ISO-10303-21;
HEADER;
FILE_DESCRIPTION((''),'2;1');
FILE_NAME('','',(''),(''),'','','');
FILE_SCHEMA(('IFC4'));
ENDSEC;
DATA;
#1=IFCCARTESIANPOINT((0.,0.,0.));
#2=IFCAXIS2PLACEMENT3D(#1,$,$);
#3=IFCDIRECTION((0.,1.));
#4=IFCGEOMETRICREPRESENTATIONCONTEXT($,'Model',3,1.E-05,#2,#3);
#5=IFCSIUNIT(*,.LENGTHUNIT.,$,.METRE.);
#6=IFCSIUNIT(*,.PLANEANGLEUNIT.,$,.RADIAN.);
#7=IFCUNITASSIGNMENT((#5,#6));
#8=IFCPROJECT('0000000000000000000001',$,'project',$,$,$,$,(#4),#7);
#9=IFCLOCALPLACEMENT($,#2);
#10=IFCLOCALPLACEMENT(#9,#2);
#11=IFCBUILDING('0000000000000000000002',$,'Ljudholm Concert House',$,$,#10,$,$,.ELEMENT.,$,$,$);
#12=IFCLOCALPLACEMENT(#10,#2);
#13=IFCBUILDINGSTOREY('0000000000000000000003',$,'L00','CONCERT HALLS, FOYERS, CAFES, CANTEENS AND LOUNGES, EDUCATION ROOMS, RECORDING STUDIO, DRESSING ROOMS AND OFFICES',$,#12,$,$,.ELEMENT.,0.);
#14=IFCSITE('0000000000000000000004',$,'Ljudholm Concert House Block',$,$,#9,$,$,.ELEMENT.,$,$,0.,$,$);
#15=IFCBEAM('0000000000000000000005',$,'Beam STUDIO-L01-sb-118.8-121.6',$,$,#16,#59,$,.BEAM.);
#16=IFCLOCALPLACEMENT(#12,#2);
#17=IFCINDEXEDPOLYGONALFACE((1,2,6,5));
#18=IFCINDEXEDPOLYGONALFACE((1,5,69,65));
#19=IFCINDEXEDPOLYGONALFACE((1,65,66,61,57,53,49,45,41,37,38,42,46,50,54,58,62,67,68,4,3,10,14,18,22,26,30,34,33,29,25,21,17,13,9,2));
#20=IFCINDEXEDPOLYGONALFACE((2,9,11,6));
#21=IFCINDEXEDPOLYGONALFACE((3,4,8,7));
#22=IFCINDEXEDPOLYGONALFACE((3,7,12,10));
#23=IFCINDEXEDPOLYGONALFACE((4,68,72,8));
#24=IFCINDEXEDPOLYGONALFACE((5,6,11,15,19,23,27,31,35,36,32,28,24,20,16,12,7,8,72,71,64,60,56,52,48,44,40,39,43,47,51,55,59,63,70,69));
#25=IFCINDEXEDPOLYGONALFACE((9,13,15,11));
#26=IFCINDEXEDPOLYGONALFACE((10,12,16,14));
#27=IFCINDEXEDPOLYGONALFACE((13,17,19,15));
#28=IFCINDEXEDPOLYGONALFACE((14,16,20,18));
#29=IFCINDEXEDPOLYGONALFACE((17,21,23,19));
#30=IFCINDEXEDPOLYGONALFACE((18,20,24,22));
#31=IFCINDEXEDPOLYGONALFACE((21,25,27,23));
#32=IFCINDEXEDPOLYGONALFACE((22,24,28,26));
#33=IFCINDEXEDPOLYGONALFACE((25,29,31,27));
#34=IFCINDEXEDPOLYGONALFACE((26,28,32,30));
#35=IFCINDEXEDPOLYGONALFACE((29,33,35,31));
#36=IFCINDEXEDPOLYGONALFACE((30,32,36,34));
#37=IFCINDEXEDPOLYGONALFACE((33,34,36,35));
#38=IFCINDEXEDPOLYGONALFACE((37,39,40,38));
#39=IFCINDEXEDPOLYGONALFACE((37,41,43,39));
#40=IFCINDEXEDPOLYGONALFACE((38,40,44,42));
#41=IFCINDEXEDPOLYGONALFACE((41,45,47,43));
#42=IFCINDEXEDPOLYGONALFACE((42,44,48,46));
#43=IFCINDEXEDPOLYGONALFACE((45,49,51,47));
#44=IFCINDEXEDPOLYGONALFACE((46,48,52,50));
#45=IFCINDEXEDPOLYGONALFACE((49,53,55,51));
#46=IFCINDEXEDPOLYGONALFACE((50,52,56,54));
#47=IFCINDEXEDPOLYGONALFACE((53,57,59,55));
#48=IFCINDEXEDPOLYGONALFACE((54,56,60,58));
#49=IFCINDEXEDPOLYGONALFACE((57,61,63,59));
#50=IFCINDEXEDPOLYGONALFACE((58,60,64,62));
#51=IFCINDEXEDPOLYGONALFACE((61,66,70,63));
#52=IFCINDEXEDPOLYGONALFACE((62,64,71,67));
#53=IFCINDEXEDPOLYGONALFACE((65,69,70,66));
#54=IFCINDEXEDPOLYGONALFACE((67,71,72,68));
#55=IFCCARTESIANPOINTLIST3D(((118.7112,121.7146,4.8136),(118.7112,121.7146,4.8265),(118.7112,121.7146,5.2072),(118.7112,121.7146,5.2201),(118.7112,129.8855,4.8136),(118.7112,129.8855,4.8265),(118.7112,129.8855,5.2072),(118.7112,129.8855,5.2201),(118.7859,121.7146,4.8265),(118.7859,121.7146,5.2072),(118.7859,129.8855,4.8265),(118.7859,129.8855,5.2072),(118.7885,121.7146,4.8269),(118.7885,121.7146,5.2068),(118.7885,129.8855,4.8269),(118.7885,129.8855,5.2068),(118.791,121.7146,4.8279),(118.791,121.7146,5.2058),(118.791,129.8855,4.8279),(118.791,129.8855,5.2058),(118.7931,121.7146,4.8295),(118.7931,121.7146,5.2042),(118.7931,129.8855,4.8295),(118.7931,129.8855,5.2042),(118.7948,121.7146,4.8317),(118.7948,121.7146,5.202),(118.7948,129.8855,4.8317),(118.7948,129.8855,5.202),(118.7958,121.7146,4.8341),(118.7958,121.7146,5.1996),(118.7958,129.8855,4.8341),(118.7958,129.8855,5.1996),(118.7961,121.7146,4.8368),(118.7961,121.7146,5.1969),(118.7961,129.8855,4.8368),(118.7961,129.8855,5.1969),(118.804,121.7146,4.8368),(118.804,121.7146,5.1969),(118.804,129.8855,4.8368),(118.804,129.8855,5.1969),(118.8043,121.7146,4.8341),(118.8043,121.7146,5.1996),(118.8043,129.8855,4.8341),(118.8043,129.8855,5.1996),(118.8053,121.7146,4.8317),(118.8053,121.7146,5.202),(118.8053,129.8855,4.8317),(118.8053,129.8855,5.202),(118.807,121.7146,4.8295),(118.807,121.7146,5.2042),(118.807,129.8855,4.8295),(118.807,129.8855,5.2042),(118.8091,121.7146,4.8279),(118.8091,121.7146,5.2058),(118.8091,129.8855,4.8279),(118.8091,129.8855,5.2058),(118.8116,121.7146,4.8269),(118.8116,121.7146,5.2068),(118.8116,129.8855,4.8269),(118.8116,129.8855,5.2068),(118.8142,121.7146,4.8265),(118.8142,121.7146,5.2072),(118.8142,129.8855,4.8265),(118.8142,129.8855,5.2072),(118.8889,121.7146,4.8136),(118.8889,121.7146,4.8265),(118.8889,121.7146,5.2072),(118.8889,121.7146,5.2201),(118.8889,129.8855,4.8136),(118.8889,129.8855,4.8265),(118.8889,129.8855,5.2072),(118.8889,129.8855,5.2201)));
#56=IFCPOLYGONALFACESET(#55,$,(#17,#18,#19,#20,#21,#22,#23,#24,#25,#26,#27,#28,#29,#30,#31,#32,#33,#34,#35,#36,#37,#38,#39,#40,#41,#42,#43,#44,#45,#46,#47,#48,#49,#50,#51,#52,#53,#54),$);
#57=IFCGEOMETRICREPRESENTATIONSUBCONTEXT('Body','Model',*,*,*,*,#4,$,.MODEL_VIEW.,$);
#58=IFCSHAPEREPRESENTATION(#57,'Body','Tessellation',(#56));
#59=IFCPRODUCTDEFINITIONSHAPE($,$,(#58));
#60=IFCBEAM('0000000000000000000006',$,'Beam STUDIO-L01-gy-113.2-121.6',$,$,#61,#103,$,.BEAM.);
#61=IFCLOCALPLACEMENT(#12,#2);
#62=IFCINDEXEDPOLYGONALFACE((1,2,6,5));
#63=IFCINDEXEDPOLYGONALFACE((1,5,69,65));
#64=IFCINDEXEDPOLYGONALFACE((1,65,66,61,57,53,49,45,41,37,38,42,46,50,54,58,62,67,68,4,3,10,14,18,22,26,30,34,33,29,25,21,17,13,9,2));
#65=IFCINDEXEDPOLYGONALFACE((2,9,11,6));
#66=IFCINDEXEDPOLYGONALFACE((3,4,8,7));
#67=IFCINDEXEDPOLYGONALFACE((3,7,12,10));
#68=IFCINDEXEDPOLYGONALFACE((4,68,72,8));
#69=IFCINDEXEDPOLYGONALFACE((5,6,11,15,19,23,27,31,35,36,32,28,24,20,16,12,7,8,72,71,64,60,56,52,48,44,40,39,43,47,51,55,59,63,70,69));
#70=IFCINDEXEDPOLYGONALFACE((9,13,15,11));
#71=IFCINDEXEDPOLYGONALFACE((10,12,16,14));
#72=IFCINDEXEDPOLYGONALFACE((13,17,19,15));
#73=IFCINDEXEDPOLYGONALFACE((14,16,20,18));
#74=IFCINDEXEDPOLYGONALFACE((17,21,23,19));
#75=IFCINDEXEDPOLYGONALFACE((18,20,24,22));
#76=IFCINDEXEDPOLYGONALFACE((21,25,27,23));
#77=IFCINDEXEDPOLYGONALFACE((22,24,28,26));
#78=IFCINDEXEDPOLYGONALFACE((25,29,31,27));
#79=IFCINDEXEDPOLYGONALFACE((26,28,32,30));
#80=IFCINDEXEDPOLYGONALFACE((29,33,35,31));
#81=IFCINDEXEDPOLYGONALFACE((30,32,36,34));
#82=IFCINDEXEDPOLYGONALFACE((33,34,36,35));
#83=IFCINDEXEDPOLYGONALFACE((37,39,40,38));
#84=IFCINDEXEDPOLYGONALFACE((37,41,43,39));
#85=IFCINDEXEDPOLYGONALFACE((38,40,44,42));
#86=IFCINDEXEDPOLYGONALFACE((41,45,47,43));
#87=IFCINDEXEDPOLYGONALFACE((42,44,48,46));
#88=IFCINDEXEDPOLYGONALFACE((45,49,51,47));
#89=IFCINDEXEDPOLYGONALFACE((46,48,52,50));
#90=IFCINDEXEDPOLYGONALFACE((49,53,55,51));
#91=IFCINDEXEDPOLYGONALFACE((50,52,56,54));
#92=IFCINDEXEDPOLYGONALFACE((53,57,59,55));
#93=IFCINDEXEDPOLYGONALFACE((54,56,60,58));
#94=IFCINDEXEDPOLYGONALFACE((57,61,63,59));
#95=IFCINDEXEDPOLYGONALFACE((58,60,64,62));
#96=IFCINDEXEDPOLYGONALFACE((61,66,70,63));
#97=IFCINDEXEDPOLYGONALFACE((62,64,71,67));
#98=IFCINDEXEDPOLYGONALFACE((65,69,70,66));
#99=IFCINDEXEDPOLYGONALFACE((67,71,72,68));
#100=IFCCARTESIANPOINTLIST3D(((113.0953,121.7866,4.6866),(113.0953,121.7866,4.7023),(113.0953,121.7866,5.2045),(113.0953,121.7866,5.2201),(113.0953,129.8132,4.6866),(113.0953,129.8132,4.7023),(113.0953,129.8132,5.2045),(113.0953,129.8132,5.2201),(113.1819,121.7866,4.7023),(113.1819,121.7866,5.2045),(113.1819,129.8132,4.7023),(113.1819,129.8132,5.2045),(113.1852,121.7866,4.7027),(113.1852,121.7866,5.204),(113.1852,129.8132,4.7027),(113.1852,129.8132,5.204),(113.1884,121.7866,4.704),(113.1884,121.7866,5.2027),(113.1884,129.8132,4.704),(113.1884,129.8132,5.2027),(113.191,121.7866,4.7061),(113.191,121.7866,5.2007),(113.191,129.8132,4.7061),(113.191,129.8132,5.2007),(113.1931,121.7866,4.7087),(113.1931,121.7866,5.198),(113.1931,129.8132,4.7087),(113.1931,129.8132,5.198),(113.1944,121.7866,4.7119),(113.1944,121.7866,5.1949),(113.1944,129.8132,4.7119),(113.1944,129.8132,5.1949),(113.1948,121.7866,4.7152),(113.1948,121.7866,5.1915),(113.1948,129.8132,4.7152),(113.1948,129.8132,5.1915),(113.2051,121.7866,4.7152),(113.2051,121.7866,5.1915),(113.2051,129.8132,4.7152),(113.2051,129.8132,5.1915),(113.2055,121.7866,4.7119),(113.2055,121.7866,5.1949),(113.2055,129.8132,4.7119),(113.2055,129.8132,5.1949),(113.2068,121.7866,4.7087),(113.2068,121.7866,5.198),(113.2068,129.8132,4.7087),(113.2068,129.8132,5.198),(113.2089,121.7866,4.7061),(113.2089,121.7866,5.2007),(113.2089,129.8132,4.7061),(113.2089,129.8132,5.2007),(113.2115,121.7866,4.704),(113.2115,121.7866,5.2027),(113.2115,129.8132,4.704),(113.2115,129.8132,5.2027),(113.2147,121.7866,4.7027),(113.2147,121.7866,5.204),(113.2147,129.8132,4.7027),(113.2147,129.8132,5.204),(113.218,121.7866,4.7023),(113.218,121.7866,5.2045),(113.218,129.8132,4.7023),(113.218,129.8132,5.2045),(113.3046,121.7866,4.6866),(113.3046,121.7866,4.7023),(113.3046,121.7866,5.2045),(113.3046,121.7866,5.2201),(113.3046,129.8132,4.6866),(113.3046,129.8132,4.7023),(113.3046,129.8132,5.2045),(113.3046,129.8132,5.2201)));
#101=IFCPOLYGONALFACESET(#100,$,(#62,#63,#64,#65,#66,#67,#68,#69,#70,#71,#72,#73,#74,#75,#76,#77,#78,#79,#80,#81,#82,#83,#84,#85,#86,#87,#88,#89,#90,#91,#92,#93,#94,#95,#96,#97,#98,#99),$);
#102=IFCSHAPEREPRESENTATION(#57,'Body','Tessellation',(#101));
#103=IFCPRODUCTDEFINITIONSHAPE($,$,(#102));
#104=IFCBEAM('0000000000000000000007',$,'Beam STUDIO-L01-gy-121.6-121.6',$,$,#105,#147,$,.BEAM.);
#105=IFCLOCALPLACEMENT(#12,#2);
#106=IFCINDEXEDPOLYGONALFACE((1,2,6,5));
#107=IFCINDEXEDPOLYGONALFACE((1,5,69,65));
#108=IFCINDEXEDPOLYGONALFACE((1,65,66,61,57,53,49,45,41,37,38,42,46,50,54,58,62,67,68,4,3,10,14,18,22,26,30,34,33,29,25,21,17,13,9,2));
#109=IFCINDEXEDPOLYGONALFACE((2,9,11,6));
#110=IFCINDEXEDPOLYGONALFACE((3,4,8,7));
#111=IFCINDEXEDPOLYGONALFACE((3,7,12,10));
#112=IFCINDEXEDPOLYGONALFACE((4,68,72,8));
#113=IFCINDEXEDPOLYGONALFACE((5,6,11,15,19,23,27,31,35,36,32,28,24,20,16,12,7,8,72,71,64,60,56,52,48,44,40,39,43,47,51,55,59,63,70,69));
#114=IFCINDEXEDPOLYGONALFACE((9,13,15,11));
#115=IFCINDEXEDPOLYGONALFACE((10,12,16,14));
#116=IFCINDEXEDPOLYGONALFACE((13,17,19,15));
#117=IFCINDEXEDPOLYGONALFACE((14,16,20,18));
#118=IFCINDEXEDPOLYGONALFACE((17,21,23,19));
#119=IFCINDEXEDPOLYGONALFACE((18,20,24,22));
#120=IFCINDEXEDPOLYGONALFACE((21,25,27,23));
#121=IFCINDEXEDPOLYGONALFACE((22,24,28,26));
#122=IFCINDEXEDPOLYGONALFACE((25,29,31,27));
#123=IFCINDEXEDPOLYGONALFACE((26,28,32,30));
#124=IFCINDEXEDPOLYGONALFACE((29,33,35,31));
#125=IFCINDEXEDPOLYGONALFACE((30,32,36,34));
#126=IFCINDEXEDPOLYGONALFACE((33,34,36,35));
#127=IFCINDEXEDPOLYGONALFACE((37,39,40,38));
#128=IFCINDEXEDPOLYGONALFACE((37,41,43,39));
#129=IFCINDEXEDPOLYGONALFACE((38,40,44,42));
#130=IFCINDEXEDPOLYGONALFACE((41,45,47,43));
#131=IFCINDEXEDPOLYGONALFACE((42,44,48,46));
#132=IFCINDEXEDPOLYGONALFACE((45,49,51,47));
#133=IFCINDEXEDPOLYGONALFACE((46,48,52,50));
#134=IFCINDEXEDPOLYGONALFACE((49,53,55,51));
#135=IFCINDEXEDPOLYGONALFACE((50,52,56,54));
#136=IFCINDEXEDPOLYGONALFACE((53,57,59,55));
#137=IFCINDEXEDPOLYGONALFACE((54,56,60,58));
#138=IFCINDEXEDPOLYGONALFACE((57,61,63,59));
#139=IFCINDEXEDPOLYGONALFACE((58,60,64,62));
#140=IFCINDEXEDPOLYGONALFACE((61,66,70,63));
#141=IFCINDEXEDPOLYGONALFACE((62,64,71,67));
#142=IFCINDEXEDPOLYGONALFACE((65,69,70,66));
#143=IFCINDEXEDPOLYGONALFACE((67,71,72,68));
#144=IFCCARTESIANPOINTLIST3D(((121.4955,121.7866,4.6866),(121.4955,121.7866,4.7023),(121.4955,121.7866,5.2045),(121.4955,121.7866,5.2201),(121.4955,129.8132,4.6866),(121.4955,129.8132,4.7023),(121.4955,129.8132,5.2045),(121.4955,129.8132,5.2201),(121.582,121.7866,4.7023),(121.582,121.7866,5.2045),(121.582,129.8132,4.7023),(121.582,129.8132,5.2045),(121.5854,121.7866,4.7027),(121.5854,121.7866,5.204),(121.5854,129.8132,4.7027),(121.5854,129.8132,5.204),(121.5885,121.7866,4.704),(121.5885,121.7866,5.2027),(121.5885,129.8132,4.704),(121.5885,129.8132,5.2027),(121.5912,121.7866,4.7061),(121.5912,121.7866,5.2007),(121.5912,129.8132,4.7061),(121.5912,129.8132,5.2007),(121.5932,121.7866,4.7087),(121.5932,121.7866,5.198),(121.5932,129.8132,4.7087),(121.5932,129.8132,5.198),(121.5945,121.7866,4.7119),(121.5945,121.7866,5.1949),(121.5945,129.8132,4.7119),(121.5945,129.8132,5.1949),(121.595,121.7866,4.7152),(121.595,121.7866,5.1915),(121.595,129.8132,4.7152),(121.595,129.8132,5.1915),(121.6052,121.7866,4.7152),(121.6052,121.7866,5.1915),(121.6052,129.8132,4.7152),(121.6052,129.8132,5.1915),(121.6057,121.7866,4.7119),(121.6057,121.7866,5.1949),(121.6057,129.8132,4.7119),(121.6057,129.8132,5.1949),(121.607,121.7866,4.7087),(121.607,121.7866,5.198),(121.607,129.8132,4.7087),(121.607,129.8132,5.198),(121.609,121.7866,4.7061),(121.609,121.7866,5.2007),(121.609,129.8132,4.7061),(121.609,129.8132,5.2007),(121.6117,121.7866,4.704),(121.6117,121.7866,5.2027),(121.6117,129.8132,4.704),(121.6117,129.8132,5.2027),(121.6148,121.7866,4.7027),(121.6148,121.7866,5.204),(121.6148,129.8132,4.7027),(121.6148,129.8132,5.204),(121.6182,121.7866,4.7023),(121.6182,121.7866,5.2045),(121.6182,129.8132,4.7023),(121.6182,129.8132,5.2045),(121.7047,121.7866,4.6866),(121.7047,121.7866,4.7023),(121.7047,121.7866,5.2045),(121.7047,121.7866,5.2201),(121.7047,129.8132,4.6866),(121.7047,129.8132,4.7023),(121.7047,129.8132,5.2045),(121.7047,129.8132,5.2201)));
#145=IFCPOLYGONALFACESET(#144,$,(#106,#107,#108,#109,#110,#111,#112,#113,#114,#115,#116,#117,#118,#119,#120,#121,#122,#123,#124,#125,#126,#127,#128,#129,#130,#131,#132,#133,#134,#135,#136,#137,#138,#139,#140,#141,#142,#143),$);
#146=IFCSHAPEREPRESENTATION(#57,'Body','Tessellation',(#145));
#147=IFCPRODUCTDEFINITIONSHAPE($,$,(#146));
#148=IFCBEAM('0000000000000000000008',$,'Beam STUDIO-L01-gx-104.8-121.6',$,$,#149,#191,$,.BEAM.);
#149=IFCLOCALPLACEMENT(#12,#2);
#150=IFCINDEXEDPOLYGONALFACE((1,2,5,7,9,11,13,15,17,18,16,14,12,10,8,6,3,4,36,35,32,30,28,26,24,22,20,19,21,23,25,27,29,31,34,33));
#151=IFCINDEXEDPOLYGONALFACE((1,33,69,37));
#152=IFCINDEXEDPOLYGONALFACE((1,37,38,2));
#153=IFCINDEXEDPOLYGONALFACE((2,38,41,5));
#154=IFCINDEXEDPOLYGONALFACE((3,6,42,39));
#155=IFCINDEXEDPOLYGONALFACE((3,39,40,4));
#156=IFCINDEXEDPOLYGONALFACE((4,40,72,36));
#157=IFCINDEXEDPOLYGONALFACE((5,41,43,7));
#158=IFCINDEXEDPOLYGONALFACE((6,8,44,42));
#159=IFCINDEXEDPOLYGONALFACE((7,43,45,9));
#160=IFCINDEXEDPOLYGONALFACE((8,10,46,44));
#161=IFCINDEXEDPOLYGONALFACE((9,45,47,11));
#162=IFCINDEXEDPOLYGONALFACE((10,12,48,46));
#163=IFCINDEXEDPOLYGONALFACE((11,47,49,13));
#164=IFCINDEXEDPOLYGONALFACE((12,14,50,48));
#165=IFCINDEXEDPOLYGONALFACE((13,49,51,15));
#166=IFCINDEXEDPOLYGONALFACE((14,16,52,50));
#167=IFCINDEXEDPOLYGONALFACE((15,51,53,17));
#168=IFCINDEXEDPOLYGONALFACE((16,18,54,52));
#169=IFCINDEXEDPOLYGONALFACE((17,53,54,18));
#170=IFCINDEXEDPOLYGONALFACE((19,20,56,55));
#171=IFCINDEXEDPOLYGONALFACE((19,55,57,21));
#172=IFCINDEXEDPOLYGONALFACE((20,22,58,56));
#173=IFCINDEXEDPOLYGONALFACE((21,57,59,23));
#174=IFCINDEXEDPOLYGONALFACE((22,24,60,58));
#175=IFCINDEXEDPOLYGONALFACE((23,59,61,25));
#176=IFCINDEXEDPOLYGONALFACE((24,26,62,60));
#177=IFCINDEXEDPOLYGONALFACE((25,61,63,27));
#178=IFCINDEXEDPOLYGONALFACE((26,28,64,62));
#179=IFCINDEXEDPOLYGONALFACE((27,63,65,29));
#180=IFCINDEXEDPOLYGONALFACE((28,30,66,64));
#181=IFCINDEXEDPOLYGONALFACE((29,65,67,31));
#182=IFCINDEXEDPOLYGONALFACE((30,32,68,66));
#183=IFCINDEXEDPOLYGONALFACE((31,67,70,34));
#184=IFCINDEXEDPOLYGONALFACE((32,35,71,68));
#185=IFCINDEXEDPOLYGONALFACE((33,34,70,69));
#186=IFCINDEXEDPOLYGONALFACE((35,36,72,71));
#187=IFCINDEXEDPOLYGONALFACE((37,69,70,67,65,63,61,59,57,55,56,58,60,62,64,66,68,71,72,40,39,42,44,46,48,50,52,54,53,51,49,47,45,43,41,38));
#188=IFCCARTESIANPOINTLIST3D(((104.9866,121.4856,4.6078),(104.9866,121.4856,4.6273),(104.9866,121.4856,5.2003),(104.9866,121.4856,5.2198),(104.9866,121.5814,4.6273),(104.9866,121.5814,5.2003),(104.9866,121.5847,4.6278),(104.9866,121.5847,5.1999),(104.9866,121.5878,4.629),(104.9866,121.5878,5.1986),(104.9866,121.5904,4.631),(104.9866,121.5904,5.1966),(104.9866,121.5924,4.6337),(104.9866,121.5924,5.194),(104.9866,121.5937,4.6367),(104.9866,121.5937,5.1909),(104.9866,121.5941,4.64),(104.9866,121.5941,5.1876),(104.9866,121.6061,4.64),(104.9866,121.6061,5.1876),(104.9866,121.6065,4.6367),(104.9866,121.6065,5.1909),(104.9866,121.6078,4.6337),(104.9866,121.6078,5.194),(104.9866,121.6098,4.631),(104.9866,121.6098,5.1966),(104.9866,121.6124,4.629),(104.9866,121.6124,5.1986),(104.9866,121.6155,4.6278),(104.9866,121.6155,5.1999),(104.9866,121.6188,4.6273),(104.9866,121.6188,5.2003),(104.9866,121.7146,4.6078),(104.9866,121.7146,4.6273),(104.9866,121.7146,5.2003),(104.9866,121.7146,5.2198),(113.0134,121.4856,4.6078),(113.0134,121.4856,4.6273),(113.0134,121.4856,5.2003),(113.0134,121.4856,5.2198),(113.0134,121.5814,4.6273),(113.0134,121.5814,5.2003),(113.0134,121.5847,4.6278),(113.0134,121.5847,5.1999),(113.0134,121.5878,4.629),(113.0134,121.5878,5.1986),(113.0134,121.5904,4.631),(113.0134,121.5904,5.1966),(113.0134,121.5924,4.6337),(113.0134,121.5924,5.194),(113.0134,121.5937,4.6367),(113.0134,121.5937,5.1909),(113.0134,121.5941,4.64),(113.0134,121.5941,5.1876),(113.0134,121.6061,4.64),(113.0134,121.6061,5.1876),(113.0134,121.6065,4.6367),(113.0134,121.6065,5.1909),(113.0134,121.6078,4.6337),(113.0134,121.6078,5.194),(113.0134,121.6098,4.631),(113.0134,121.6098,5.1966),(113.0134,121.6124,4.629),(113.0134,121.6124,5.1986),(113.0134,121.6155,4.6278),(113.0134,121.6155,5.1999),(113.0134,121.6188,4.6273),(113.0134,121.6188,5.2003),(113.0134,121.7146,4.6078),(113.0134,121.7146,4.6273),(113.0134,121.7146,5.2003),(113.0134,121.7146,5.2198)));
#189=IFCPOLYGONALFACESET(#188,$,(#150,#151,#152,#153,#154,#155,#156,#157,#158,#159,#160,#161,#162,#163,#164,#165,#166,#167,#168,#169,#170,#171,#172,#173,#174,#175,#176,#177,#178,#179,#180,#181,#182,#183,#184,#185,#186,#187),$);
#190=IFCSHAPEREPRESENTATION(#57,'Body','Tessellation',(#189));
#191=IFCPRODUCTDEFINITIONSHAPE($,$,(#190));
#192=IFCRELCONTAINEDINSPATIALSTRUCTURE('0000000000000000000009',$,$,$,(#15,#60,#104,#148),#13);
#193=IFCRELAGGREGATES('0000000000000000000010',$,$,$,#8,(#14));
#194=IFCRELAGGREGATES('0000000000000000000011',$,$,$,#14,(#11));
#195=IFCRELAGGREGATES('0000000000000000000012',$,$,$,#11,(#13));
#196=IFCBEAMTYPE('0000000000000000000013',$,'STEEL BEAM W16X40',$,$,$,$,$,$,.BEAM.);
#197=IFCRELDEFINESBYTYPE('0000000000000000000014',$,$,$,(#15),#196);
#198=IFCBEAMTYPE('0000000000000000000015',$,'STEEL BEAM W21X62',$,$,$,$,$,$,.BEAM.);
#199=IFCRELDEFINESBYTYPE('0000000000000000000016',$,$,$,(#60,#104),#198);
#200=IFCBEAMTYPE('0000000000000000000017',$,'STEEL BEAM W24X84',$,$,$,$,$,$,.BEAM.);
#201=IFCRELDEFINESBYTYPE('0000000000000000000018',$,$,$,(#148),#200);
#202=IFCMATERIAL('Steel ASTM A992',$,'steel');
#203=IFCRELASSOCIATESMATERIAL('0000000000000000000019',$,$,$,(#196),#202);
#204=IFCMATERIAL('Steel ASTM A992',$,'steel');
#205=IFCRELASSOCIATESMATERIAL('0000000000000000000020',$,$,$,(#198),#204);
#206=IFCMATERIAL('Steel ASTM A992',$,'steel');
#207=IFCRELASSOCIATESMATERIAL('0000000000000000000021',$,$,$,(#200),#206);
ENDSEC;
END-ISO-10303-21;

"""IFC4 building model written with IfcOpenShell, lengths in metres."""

from ifc_helpers import new_model, si_unit, direction, frame, origin, origin_2d, place, context, subcontext, project, spatial, i_section, extrude, material, material_profile, profile_set, type_object, element, save


model = new_model("IFC4")

# Units and contexts
model_context = context("Model", 3, precision=1e-05, world=origin(), true_north=direction((0.0, 1.0)))
body_context = subcontext(model_context, "Body", "Model", "MODEL_VIEW")
ifc_project = project(units=[si_unit("LENGTHUNIT", "METRE"), si_unit("PLANEANGLEUNIT", "RADIAN")], contexts=[model_context])

# Site, building, storey
site_placement = place(None, origin())
site = spatial("IfcSite", under=ifc_project, at=site_placement, Name="Ljudholm Concert House Block", CompositionType="ELEMENT", RefElevation=0.0)
building_placement = place(site_placement, origin())
building = spatial("IfcBuilding", under=site, at=building_placement, Name="Ljudholm Concert House", CompositionType="ELEMENT")
storey_placement = place(building_placement, origin())
storey = spatial("IfcBuildingStorey", under=building, at=storey_placement, Name="L00", Description="CONCERT HALLS, FOYERS, CAFES, CANTEENS AND LOUNGES, EDUCATION ROOMS, RECORDING STUDIO, DRESSING ROOMS AND OFFICES", CompositionType="ELEMENT", Elevation=0.0)

# Beams
ifc_material_1 = material(Name="Steel ASTM A992", Category="steel")
ifc_material_profile_1 = material_profile(ifc_material_1, i_section(OverallWidth=0.1777, OverallDepth=0.4065, WebThickness=0.0078, FlangeThickness=0.0129, FilletRadius=0.0103, at=origin_2d()), Name="W16X40")
ifc_profile_set_1 = profile_set([ifc_material_profile_1], Name="Steel ASTM A992")
beam_type_1 = type_object("IfcBeamType", Name="STEEL BEAM W16X40", PredefinedType="BEAM", material=ifc_profile_set_1)
for number, where, z_axis, x_axis, name in (
    (1, (118.8, 121.7146, 5.0168), (0.0, 1.0, 0.0), (-1.0, 0.0, 0.0), "Beam STUDIO-L01-sb-118.8-121.6"),
):
    element("IfcBeam", number, at=place(storey_placement, frame(where, z_axis=z_axis, x_axis=x_axis)), inside=storey, type_object=beam_type_1, Name=name, PredefinedType="BEAM", context=body_context, shape_type="SweptSolid", body=[
        extrude(i_section(OverallWidth=0.1777, OverallDepth=0.4065, WebThickness=0.0078, FlangeThickness=0.0129, FilletRadius=0.0103, at=origin_2d()), origin(), (0.0, 0.0, 1.0), 8.1709),
    ])
ifc_material_2 = material(Name="Steel ASTM A992", Category="steel")
ifc_material_profile_2 = material_profile(ifc_material_2, i_section(OverallWidth=0.2092, OverallDepth=0.5334, WebThickness=0.0103, FlangeThickness=0.0156, FilletRadius=0.0129, at=origin_2d()), Name="W21X62")
ifc_profile_set_2 = profile_set([ifc_material_profile_2], Name="Steel ASTM A992")
beam_type_2 = type_object("IfcBeamType", Name="STEEL BEAM W21X62", PredefinedType="BEAM", material=ifc_profile_set_2)
for number, where, z_axis, x_axis, name in (
    (2, (113.2, 121.7866, 4.9534), (0.0, 1.0, 0.0), (-1.0, 0.0, 0.0), "Beam STUDIO-L01-gy-113.2-121.6"),
    (3, (121.6001, 121.7866, 4.9534), (0.0, 1.0, 0.0), (-1.0, 0.0, 0.0), "Beam STUDIO-L01-gy-121.6-121.6"),
):
    element("IfcBeam", number, at=place(storey_placement, frame(where, z_axis=z_axis, x_axis=x_axis)), inside=storey, type_object=beam_type_2, Name=name, PredefinedType="BEAM", context=body_context, shape_type="SweptSolid", body=[
        extrude(i_section(OverallWidth=0.2092, OverallDepth=0.5334, WebThickness=0.0103, FlangeThickness=0.0156, FilletRadius=0.0129, at=origin_2d()), origin(), (0.0, 0.0, 1.0), 8.0266),
    ])
ifc_material_3 = material(Name="Steel ASTM A992", Category="steel")
ifc_material_profile_3 = material_profile(ifc_material_3, i_section(OverallWidth=0.229, OverallDepth=0.6121, WebThickness=0.012, FlangeThickness=0.0195, FilletRadius=0.0127, at=origin_2d()), Name="W24X84")
ifc_profile_set_3 = profile_set([ifc_material_profile_3], Name="Steel ASTM A992")
beam_type_3 = type_object("IfcBeamType", Name="STEEL BEAM W24X84", PredefinedType="BEAM", material=ifc_profile_set_3)
beam_1_placement = place(storey_placement, frame((104.9866, 121.6001, 4.9138), z_axis=(1.0, 0.0, 0.0), x_axis=(0.0, 1.0, 0.0)))
element("IfcBeam", 4, at=beam_1_placement, inside=storey, type_object=beam_type_3, Name="Beam STUDIO-L01-gx-104.8-121.6", PredefinedType="BEAM", context=body_context, shape_type="SweptSolid", body=[
    extrude(i_section(OverallWidth=0.229, OverallDepth=0.6121, WebThickness=0.012, FlangeThickness=0.0195, FilletRadius=0.0127, at=origin_2d()), origin(), (0.0, 0.0, 1.0), 8.0269),
])

save(model, "model.ifc")
